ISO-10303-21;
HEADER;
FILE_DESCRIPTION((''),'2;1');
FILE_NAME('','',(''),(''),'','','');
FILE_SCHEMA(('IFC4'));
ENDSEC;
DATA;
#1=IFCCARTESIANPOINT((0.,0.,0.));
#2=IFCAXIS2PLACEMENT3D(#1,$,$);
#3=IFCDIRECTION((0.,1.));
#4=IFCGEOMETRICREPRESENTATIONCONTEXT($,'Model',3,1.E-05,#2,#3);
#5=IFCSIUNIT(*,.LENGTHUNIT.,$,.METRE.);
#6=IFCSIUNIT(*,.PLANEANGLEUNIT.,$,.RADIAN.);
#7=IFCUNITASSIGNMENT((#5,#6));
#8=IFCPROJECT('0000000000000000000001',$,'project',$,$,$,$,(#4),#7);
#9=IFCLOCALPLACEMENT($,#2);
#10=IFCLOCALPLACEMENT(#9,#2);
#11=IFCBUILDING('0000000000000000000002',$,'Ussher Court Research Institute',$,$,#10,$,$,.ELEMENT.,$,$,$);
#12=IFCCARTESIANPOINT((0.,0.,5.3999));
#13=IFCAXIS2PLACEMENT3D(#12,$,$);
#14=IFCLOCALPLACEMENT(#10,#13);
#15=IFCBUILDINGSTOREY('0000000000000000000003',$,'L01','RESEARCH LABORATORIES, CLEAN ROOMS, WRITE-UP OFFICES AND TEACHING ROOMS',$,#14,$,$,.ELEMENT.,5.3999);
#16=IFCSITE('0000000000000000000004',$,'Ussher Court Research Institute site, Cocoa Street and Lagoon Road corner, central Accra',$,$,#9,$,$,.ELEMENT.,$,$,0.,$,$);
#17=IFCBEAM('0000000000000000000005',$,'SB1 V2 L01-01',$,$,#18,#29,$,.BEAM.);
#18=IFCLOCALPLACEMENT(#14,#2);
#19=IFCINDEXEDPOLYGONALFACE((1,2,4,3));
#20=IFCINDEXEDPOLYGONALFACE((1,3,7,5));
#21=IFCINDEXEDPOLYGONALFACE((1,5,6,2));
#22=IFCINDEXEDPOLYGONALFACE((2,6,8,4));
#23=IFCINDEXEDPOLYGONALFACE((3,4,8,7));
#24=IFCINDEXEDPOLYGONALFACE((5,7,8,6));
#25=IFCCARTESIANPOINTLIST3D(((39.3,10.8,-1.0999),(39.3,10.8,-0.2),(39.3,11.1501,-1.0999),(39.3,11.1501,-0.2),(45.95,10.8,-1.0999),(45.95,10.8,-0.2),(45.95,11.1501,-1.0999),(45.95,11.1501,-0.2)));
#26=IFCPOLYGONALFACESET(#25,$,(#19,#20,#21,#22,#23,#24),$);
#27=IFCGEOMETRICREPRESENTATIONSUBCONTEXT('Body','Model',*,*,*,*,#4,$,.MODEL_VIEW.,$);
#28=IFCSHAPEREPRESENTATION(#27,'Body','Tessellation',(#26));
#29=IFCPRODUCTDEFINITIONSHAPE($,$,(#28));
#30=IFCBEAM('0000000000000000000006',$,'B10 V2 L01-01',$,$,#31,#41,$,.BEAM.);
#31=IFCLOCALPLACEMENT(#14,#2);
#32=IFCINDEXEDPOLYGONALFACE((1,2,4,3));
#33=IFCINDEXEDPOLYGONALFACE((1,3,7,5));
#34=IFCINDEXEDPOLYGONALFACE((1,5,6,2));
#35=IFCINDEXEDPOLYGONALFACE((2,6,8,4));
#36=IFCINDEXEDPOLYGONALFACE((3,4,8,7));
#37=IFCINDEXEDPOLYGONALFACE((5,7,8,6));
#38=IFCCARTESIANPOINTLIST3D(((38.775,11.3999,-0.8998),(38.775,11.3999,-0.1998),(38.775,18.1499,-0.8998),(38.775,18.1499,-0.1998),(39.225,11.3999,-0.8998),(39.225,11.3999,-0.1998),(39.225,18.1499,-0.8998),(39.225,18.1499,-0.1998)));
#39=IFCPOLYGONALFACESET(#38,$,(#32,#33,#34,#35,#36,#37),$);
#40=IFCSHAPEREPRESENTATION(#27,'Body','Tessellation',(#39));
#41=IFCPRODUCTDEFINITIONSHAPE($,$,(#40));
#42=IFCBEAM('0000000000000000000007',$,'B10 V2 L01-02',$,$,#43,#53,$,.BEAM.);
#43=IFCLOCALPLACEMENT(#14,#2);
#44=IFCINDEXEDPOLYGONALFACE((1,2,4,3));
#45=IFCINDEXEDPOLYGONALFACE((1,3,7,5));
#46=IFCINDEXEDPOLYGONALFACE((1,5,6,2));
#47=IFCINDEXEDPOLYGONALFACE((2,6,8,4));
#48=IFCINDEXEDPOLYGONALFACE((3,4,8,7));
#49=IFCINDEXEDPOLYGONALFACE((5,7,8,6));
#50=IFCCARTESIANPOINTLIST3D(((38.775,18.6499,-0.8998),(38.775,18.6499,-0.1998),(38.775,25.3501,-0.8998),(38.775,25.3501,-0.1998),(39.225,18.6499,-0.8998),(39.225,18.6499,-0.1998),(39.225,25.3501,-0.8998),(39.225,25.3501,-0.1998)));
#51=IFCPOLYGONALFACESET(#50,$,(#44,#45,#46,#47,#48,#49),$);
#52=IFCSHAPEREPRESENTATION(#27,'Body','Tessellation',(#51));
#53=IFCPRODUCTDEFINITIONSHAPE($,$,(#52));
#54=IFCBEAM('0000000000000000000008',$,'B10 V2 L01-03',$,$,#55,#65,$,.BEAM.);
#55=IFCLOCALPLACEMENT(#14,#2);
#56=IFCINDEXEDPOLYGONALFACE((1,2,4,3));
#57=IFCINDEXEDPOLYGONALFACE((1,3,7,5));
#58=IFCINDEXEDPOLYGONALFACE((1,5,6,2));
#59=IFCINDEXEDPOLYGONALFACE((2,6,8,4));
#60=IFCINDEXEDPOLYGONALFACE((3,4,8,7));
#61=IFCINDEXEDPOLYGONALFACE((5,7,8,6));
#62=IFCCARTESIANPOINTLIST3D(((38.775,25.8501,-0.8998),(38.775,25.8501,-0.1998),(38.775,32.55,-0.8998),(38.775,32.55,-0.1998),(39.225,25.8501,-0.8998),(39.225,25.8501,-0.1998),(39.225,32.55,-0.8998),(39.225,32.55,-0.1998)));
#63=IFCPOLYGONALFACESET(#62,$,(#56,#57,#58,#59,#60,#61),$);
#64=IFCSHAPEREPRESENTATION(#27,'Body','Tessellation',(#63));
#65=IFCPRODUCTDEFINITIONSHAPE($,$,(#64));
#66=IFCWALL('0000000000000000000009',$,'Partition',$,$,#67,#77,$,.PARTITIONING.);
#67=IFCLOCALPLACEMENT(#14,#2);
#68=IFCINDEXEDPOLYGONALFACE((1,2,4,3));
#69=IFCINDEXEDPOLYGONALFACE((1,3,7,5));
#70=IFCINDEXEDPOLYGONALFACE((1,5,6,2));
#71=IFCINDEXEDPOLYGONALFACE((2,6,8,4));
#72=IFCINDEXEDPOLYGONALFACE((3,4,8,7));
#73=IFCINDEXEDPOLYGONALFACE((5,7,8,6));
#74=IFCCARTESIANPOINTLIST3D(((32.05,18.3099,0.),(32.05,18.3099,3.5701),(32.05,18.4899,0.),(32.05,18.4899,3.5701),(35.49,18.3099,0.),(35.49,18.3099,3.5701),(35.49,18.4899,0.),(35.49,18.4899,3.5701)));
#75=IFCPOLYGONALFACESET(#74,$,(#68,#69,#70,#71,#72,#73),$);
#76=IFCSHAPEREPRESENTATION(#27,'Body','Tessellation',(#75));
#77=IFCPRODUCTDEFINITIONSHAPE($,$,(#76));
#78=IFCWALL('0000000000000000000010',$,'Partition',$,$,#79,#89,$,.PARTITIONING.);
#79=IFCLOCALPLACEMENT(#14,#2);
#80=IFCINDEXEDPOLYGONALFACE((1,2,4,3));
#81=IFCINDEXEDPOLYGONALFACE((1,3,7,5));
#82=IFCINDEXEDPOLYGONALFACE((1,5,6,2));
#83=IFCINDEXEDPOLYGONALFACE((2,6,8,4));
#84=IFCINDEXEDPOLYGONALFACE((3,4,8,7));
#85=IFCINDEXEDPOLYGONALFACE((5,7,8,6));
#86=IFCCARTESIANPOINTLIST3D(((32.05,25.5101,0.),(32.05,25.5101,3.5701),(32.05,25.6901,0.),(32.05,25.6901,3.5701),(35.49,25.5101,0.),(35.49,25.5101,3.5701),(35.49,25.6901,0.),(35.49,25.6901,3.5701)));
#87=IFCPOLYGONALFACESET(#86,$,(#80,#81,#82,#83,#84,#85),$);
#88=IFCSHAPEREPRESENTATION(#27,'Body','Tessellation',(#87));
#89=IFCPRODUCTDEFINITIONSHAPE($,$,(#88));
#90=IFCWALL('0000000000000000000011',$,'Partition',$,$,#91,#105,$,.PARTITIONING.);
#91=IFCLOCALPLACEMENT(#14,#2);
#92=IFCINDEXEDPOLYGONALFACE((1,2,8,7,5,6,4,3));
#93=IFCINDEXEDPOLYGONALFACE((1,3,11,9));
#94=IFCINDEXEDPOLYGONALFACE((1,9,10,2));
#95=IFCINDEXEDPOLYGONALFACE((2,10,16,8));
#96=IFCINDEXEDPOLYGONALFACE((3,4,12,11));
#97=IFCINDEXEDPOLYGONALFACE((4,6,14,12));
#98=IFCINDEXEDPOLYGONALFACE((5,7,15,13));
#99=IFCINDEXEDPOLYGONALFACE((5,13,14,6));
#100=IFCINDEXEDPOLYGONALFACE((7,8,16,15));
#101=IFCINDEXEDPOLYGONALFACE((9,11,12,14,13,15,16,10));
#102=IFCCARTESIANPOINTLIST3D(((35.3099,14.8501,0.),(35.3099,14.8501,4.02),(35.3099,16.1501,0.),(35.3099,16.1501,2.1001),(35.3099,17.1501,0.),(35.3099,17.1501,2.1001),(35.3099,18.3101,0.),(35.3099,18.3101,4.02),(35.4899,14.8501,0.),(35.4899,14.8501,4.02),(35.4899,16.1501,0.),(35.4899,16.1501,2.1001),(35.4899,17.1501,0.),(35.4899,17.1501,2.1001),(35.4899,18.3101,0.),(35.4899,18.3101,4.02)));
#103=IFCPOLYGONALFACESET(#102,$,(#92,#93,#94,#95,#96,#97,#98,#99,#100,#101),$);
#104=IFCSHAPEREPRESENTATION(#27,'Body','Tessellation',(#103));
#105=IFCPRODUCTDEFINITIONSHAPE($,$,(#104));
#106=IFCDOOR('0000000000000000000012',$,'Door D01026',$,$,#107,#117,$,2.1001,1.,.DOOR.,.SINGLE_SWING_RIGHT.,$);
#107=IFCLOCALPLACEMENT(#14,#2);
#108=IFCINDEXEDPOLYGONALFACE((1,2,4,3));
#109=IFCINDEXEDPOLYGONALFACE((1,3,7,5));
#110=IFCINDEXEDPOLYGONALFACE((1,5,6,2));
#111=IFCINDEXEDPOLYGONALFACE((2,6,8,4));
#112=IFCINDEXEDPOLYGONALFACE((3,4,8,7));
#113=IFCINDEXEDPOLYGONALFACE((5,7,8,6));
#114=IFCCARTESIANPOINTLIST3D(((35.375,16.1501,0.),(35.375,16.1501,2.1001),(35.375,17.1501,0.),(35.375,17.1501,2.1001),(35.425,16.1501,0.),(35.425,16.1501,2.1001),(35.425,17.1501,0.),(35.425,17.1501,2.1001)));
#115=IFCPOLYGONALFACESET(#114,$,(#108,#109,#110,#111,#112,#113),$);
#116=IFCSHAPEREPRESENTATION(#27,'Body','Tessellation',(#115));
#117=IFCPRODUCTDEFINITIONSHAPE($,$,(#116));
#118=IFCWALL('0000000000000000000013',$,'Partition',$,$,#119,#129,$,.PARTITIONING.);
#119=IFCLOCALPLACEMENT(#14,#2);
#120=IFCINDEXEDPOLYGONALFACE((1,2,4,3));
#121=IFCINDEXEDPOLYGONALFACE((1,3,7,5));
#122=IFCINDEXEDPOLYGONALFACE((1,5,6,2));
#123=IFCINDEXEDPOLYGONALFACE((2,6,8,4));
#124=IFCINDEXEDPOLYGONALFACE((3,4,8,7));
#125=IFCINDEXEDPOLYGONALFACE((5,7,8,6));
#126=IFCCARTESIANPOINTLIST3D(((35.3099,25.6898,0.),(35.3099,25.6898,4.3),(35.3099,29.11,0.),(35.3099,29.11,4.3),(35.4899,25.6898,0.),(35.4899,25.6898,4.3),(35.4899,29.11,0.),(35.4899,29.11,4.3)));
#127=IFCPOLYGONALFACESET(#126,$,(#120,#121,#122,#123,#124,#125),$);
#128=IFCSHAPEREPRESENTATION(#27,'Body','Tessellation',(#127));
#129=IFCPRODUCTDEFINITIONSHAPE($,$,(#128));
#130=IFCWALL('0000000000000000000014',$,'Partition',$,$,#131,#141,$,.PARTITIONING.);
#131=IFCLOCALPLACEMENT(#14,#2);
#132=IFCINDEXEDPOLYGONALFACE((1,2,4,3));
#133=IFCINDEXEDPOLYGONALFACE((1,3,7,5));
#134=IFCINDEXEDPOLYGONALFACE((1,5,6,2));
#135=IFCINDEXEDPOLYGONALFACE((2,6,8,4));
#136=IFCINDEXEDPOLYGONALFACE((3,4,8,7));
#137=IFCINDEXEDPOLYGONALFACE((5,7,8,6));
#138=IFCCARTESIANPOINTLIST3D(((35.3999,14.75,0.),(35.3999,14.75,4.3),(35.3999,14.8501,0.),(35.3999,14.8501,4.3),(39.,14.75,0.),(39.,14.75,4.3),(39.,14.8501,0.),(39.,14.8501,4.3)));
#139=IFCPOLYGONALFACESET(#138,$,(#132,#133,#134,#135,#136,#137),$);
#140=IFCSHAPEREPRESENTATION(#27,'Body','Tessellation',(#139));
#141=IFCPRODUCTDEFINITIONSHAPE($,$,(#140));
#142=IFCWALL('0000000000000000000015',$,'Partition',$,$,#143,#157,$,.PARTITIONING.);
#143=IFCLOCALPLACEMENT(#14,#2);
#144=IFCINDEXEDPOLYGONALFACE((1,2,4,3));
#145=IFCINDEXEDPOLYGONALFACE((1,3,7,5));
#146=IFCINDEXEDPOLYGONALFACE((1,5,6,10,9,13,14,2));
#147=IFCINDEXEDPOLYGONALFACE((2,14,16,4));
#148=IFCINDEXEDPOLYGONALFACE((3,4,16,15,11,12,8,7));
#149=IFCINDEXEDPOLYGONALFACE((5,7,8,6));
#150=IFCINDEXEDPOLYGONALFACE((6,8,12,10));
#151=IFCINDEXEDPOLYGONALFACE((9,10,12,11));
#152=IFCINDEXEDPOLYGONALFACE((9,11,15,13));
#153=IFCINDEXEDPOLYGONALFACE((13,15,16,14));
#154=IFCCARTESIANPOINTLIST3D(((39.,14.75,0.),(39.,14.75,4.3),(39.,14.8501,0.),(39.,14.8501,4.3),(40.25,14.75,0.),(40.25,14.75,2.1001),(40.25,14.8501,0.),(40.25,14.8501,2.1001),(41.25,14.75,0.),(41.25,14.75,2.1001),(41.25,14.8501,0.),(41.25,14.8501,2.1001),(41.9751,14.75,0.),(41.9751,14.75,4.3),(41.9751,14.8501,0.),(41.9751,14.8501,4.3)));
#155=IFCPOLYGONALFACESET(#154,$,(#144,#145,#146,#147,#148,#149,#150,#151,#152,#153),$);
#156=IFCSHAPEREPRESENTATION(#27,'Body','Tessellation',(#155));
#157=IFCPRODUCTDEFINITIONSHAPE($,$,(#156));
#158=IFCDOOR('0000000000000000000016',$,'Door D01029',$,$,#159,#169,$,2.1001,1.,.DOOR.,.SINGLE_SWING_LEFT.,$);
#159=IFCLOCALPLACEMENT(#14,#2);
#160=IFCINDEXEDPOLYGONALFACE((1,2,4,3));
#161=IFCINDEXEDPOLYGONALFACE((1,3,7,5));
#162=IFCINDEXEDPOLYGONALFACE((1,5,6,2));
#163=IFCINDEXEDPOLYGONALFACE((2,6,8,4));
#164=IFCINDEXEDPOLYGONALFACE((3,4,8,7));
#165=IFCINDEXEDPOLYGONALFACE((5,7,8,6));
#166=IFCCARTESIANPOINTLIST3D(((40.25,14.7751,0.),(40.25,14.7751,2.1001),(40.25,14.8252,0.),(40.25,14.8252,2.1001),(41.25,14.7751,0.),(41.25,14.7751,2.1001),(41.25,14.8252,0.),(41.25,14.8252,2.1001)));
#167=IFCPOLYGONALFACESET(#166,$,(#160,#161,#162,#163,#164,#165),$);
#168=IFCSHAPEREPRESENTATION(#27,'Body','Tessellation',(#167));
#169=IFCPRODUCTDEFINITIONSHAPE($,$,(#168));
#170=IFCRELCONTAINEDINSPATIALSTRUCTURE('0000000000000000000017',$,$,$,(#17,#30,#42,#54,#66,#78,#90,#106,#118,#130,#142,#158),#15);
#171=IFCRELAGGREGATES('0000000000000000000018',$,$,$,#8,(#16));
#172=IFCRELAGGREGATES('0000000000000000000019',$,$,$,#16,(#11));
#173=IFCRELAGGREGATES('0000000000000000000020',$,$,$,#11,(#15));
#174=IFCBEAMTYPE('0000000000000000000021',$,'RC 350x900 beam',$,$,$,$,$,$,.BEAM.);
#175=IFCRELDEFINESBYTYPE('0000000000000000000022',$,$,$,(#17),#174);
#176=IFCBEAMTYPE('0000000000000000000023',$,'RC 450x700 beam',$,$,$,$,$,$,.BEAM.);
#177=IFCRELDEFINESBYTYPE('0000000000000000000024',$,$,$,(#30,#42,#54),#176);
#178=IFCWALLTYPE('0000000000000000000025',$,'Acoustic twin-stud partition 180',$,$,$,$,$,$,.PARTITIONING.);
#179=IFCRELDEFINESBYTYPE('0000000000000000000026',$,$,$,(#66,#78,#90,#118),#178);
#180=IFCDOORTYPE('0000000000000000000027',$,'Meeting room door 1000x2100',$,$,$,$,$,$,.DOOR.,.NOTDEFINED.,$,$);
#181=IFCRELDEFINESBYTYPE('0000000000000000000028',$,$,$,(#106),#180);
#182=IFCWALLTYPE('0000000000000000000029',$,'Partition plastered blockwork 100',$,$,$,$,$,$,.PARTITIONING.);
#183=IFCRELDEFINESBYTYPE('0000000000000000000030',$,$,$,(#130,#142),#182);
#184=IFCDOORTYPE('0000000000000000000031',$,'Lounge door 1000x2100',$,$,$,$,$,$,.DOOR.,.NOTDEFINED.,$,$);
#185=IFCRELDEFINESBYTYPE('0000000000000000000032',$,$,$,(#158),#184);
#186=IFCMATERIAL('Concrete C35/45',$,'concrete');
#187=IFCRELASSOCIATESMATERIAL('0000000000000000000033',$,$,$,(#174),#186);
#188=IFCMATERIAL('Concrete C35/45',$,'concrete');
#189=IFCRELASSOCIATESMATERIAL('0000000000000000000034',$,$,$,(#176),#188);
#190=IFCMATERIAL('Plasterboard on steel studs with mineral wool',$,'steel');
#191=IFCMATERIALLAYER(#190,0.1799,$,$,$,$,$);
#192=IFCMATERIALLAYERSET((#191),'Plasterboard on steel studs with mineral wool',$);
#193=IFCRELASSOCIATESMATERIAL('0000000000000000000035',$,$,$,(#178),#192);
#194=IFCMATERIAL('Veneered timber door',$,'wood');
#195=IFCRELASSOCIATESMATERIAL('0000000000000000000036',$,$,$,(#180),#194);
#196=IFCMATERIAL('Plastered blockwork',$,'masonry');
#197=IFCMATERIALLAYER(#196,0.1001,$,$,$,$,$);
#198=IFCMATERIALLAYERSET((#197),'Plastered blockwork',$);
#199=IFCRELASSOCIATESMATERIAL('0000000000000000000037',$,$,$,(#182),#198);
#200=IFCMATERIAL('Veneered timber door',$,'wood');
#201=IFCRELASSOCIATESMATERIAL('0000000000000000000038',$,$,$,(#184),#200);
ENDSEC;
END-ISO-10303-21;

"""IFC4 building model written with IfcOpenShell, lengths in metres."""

from ifc_helpers import new_model, si_unit, direction, frame, frame_2d, origin, origin_2d, place, context, subcontext, project, spatial, rectangle, extrude, material, layer, layer_set, material_profile, profile_set, type_object, element, fill, save


model = new_model("IFC4")

# Units and contexts
model_context = context("Model", 3, precision=1e-05, world=origin(), true_north=direction((0.0, 1.0)))
body_context = subcontext(model_context, "Body", "Model", "MODEL_VIEW")
ifc_project = project(units=[si_unit("LENGTHUNIT", "METRE"), si_unit("PLANEANGLEUNIT", "RADIAN")], contexts=[model_context])

# Site, building, storey
site_placement = place(None, origin())
site = spatial("IfcSite", under=ifc_project, at=site_placement, Name="Ussher Court Research Institute site, Cocoa Street and Lagoon Road corner, central Accra", CompositionType="ELEMENT", RefElevation=0.0)
building_placement = place(site_placement, origin())
building = spatial("IfcBuilding", under=site, at=building_placement, Name="Ussher Court Research Institute", CompositionType="ELEMENT")
storey_placement = place(building_placement, frame((0.0, 0.0, 5.3999)))
storey = spatial("IfcBuildingStorey", under=building, at=storey_placement, Name="L01", Description="RESEARCH LABORATORIES, CLEAN ROOMS, WRITE-UP OFFICES AND TEACHING ROOMS", CompositionType="ELEMENT", Elevation=5.3999)

# Beams
ifc_material_1 = material(Name="Concrete C35/45", Category="concrete")
ifc_material_profile_1 = material_profile(ifc_material_1, rectangle(XDim=0.3501, YDim=0.8999, at=origin_2d()), Name="RC 350x900")
ifc_profile_set_1 = profile_set([ifc_material_profile_1], Name="Concrete C35/45")
beam_type_1 = type_object("IfcBeamType", Name="RC 350x900 beam", PredefinedType="BEAM", material=ifc_profile_set_1)
beam_1_placement = place(storey_placement, frame((39.3, 10.9751, -0.6499), z_axis=(1.0, 0.0, 0.0), x_axis=(0.0, 1.0, 0.0)))
element("IfcBeam", 1, at=beam_1_placement, inside=storey, type_object=beam_type_1, Name="SB1 V2 L01-01", PredefinedType="BEAM", context=body_context, shape_type="SweptSolid", body=[
    extrude(rectangle(XDim=0.3501, YDim=0.8999, at=origin_2d()), origin(), (0.0, 0.0, 1.0), 6.6499),
])
ifc_material_2 = material(Name="Concrete C35/45", Category="concrete")
ifc_material_profile_2 = material_profile(ifc_material_2, rectangle(XDim=0.45, YDim=0.7, at=origin_2d()), Name="RC 450x700")
ifc_profile_set_2 = profile_set([ifc_material_profile_2], Name="Concrete C35/45")
beam_type_2 = type_object("IfcBeamType", Name="RC 450x700 beam", PredefinedType="BEAM", material=ifc_profile_set_2)
beam_2_placement = place(storey_placement, frame((39.0, 11.3999, -0.5498), z_axis=(0.0, 1.0, 0.0), x_axis=(-1.0, 0.0, 0.0)))
element("IfcBeam", 2, at=beam_2_placement, inside=storey, type_object=beam_type_2, Name="B10 V2 L01-01", PredefinedType="BEAM", context=body_context, shape_type="SweptSolid", body=[
    extrude(rectangle(XDim=0.45, YDim=0.7, at=origin_2d()), origin(), (0.0, 0.0, 1.0), 6.75),
])
beam_3_placement = place(storey_placement, frame((39.0, 18.6499, -0.5498), z_axis=(0.0, 1.0, 0.0), x_axis=(-1.0, 0.0, 0.0)))
element("IfcBeam", 3, at=beam_3_placement, inside=storey, type_object=beam_type_2, Name="B10 V2 L01-02", PredefinedType="BEAM", context=body_context, shape_type="SweptSolid", body=[
    extrude(rectangle(XDim=0.45, YDim=0.7, at=origin_2d()), origin(), (0.0, 0.0, 1.0), 6.7002),
])
beam_4_placement = place(storey_placement, frame((39.0, 25.8501, -0.5498), z_axis=(0.0, 1.0, 0.0), x_axis=(-1.0, 0.0, 0.0)))
element("IfcBeam", 4, at=beam_4_placement, inside=storey, type_object=beam_type_2, Name="B10 V2 L01-03", PredefinedType="BEAM", context=body_context, shape_type="SweptSolid", body=[
    extrude(rectangle(XDim=0.45, YDim=0.7, at=origin_2d()), origin(), (0.0, 0.0, 1.0), 6.7),
])

# Walls
ifc_material_3 = material(Name="Plasterboard on steel studs with mineral wool", Category="steel")
ifc_layer_1 = layer(ifc_material_3, 0.1799)
ifc_layer_set_1 = layer_set([ifc_layer_1], Name="Plasterboard on steel studs with mineral wool")
wall_type_1 = type_object("IfcWallType", Name="Acoustic twin-stud partition 180", PredefinedType="PARTITIONING", material=ifc_layer_set_1)
for number, where, z_axis, x_axis, name in (
    (5, (32.05, 18.3999, 0.0), (0.0, 0.0, 1.0), (1.0, 0.0, 0.0), "Partition"),
    (6, (32.05, 25.6001, 0.0), (0.0, 0.0, 1.0), (1.0, 0.0, 0.0), "Partition"),
):
    element("IfcWall", number, at=place(storey_placement, frame(where, z_axis=z_axis, x_axis=x_axis)), inside=storey, type_object=wall_type_1, Name=name, PredefinedType="PARTITIONING", context=body_context, shape_type="SweptSolid", body=[
        extrude(rectangle(XDim=3.4399, YDim=0.1799, at=frame_2d((1.72, 0.0))), origin(), (0.0, 0.0, 1.0), 3.5701),
    ])

# Wall, opening, door
wall_1_placement = place(storey_placement, frame((35.3999, 14.8501, 0.0), z_axis=(0.0, 0.0, 1.0), x_axis=(0.0, 1.0, 0.0)))
wall_1 = element("IfcWall", 7, at=wall_1_placement, inside=storey, type_object=wall_type_1, Name="Partition", PredefinedType="PARTITIONING", context=body_context, shape_type="SweptSolid", body=[
    extrude(rectangle(XDim=3.46, YDim=0.1799, at=frame_2d((1.73, 0.0))), origin(), (0.0, 0.0, 1.0), 4.02),
])
opening_1_placement = place(wall_1_placement, frame((1.3, 0.0, 0.0)))
opening_1 = element("IfcOpeningElement", 8, at=opening_1_placement, cuts=wall_1, PredefinedType="OPENING", context=body_context, shape_type="SweptSolid", body=[
    extrude(rectangle(XDim=1.0, YDim=2.1001, at=frame_2d((0.5, 1.05))), frame((0.0, 0.1001, 0.0), z_axis=(0.0, -1.0, 0.0), x_axis=(1.0, 0.0, 0.0)), (0.0, 0.0, 1.0), 0.2),
])
ifc_material_4 = material(Name="Veneered timber door", Category="wood")
door_type_1 = type_object("IfcDoorType", Name="Meeting room door 1000x2100", OperationType="NOTDEFINED", PredefinedType="DOOR", material=ifc_material_4)
door_1_placement = place(opening_1_placement, origin())
door_1 = element("IfcDoor", 9, at=door_1_placement, inside=storey, type_object=door_type_1, Name="Door D01026", OperationType="SINGLE_SWING_RIGHT", OverallHeight=2.1001, OverallWidth=1.0, PredefinedType="DOOR", context=body_context, shape_type="SweptSolid", body=[
    extrude(rectangle(XDim=1.0, YDim=2.1001, at=frame_2d((0.5, 1.05))), frame((0.0, 0.0249, 0.0), z_axis=(0.0, -1.0, 0.0), x_axis=(1.0, 0.0, 0.0)), (0.0, 0.0, 1.0), 0.05),
])
fill(opening_1, door_1)

# Walls
wall_2_placement = place(storey_placement, frame((35.3999, 25.6899, 0.0), z_axis=(0.0, 0.0, 1.0), x_axis=(0.0, 1.0, 0.0)))
element("IfcWall", 10, at=wall_2_placement, inside=storey, type_object=wall_type_1, Name="Partition", PredefinedType="PARTITIONING", context=body_context, shape_type="SweptSolid", body=[
    extrude(rectangle(XDim=3.4202, YDim=0.1799, at=frame_2d((1.71, 0.0))), origin(), (0.0, 0.0, 1.0), 4.3),
])
ifc_material_5 = material(Name="Plastered blockwork", Category="masonry")
ifc_layer_2 = layer(ifc_material_5, 0.1001)
ifc_layer_set_2 = layer_set([ifc_layer_2], Name="Plastered blockwork")
wall_type_2 = type_object("IfcWallType", Name="Partition plastered blockwork 100", PredefinedType="PARTITIONING", material=ifc_layer_set_2)
wall_3_placement = place(storey_placement, frame((35.3999, 14.8, 0.0), z_axis=(0.0, 0.0, 1.0), x_axis=(1.0, 0.0, 0.0)))
element("IfcWall", 11, at=wall_3_placement, inside=storey, type_object=wall_type_2, Name="Partition", PredefinedType="PARTITIONING", context=body_context, shape_type="SweptSolid", body=[
    extrude(rectangle(XDim=3.6001, YDim=0.1001, at=frame_2d((1.8, 0.0))), origin(), (0.0, 0.0, 1.0), 4.3),
])

# Wall, opening, door
wall_4_placement = place(storey_placement, frame((41.9751, 14.8, 0.0), z_axis=(0.0, 0.0, 1.0), x_axis=(-1.0, 0.0, 0.0)))
wall_4 = element("IfcWall", 12, at=wall_4_placement, inside=storey, type_object=wall_type_2, Name="Partition", PredefinedType="PARTITIONING", context=body_context, shape_type="SweptSolid", body=[
    extrude(rectangle(XDim=2.9751, YDim=0.1001, at=frame_2d((1.4875, 0.0))), origin(), (0.0, 0.0, 1.0), 4.3),
])
opening_2_placement = place(wall_4_placement, frame((0.7251, 0.0, 0.0)))
opening_2 = element("IfcOpeningElement", 13, at=opening_2_placement, cuts=wall_4, PredefinedType="OPENING", context=body_context, shape_type="SweptSolid", body=[
    extrude(rectangle(XDim=1.0, YDim=2.1001, at=frame_2d((0.5, 1.05))), frame((0.0, 0.0601, 0.0), z_axis=(0.0, -1.0, 0.0), x_axis=(1.0, 0.0, 0.0)), (0.0, 0.0, 1.0), 0.1201),
])
ifc_material_6 = material(Name="Veneered timber door", Category="wood")
door_type_2 = type_object("IfcDoorType", Name="Lounge door 1000x2100", OperationType="NOTDEFINED", PredefinedType="DOOR", material=ifc_material_6)
door_2_placement = place(opening_2_placement, origin())
door_2 = element("IfcDoor", 14, at=door_2_placement, inside=storey, type_object=door_type_2, Name="Door D01029", OperationType="SINGLE_SWING_LEFT", OverallHeight=2.1001, OverallWidth=1.0, PredefinedType="DOOR", context=body_context, shape_type="SweptSolid", body=[
    extrude(rectangle(XDim=1.0, YDim=2.1001, at=frame_2d((0.5, 1.05))), frame((0.0, 0.0249, 0.0), z_axis=(0.0, -1.0, 0.0), x_axis=(1.0, 0.0, 0.0)), (0.0, 0.0, 1.0), 0.05),
])
fill(opening_2, door_2)

save(model, "model.ifc")
